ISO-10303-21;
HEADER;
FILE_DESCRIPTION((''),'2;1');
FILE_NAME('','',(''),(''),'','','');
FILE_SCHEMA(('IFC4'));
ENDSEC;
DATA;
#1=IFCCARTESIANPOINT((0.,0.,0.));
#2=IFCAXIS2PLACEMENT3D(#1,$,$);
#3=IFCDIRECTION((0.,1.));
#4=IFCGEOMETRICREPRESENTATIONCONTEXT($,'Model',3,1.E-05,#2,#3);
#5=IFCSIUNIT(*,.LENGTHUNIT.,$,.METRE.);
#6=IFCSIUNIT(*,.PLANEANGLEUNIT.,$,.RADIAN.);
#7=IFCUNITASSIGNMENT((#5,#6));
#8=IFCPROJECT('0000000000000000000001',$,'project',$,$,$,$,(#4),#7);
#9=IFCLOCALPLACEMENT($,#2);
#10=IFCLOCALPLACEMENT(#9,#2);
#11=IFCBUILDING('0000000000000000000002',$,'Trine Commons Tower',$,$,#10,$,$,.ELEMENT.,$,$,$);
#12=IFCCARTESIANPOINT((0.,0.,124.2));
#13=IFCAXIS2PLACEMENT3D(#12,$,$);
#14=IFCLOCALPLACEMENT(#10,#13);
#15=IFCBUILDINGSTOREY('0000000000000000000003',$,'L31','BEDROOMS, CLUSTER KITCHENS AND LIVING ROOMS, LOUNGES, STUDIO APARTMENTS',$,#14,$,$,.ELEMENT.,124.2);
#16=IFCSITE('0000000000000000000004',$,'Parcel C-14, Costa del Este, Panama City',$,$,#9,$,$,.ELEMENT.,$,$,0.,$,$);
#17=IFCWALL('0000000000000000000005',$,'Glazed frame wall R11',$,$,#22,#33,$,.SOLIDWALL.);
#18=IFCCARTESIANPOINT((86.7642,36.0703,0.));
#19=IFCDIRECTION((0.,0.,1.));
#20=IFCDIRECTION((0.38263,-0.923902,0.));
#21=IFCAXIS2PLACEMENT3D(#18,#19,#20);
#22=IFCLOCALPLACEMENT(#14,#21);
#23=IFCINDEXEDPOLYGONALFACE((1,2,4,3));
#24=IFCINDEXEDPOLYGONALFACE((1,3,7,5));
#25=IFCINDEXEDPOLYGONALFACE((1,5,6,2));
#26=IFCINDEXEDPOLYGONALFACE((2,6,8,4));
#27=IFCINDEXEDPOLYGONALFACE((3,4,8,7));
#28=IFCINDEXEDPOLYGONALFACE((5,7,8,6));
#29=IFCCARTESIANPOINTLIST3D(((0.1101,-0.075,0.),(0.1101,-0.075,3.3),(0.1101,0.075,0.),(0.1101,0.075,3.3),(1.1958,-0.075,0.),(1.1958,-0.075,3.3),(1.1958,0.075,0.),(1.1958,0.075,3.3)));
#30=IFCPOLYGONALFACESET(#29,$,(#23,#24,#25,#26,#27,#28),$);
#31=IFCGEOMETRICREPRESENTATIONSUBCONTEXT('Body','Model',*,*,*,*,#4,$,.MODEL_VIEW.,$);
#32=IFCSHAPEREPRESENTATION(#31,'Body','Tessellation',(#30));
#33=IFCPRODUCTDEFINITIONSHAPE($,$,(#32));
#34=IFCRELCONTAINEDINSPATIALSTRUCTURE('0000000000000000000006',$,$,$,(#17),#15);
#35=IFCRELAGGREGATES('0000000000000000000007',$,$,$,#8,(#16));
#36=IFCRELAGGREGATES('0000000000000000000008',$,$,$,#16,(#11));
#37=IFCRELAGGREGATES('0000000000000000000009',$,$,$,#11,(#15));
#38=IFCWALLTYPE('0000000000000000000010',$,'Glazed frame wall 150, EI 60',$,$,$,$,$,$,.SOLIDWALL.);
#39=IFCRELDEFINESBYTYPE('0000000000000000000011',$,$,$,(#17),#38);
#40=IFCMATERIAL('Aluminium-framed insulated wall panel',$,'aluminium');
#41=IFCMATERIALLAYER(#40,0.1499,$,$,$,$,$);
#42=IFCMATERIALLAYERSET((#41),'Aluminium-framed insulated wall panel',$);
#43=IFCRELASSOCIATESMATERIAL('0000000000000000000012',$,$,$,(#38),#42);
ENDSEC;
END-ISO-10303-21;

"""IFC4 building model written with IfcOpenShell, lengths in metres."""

from ifc_helpers import new_model, si_unit, direction, frame, origin, place, context, subcontext, project, spatial, polyline, outline, extrude, material, layer, layer_set, type_object, element, save


model = new_model("IFC4")

# Units and contexts
model_context = context("Model", 3, precision=1e-05, world=origin(), true_north=direction((0.0, 1.0)))
body_context = subcontext(model_context, "Body", "Model", "MODEL_VIEW")
ifc_project = project(units=[si_unit("LENGTHUNIT", "METRE"), si_unit("PLANEANGLEUNIT", "RADIAN")], contexts=[model_context])

# Site, building, storey
site_placement = place(None, origin())
site = spatial("IfcSite", under=ifc_project, at=site_placement, Name="Parcel C-14, Costa del Este, Panama City", CompositionType="ELEMENT", RefElevation=0.0)
building_placement = place(site_placement, origin())
building = spatial("IfcBuilding", under=site, at=building_placement, Name="Trine Commons Tower", CompositionType="ELEMENT")
storey_placement = place(building_placement, frame((0.0, 0.0, 124.2)))
storey = spatial("IfcBuildingStorey", under=building, at=storey_placement, Name="L31", Description="BEDROOMS, CLUSTER KITCHENS AND LIVING ROOMS, LOUNGES, STUDIO APARTMENTS", CompositionType="ELEMENT", Elevation=124.2)

# Wall
ifc_material_1 = material(Name="Aluminium-framed insulated wall panel", Category="aluminium")
ifc_layer_1 = layer(ifc_material_1, 0.1499)
ifc_layer_set_1 = layer_set([ifc_layer_1], Name="Aluminium-framed insulated wall panel")
wall_type_1 = type_object("IfcWallType", Name="Glazed frame wall 150, EI 60", PredefinedType="SOLIDWALL", material=ifc_layer_set_1)
wall_1_placement = place(storey_placement, frame((86.7642, 36.0703, 0.0), z_axis=(0.0, 0.0, 1.0), x_axis=(0.38263, -0.923902, 0.0)))
element("IfcWall", 1, at=wall_1_placement, inside=storey, type_object=wall_type_1, Name="Glazed frame wall R11", PredefinedType="SOLIDWALL", context=body_context, shape_type="SweptSolid", body=[
    extrude(outline(polyline([(0.1101, 0.075), (0.1101, -0.075), (1.1958, -0.075), (1.1958, 0.075), (0.1101, 0.075)])), origin(), (0.0, 0.0, 1.0), 3.3),
])

save(model, "model.ifc")
